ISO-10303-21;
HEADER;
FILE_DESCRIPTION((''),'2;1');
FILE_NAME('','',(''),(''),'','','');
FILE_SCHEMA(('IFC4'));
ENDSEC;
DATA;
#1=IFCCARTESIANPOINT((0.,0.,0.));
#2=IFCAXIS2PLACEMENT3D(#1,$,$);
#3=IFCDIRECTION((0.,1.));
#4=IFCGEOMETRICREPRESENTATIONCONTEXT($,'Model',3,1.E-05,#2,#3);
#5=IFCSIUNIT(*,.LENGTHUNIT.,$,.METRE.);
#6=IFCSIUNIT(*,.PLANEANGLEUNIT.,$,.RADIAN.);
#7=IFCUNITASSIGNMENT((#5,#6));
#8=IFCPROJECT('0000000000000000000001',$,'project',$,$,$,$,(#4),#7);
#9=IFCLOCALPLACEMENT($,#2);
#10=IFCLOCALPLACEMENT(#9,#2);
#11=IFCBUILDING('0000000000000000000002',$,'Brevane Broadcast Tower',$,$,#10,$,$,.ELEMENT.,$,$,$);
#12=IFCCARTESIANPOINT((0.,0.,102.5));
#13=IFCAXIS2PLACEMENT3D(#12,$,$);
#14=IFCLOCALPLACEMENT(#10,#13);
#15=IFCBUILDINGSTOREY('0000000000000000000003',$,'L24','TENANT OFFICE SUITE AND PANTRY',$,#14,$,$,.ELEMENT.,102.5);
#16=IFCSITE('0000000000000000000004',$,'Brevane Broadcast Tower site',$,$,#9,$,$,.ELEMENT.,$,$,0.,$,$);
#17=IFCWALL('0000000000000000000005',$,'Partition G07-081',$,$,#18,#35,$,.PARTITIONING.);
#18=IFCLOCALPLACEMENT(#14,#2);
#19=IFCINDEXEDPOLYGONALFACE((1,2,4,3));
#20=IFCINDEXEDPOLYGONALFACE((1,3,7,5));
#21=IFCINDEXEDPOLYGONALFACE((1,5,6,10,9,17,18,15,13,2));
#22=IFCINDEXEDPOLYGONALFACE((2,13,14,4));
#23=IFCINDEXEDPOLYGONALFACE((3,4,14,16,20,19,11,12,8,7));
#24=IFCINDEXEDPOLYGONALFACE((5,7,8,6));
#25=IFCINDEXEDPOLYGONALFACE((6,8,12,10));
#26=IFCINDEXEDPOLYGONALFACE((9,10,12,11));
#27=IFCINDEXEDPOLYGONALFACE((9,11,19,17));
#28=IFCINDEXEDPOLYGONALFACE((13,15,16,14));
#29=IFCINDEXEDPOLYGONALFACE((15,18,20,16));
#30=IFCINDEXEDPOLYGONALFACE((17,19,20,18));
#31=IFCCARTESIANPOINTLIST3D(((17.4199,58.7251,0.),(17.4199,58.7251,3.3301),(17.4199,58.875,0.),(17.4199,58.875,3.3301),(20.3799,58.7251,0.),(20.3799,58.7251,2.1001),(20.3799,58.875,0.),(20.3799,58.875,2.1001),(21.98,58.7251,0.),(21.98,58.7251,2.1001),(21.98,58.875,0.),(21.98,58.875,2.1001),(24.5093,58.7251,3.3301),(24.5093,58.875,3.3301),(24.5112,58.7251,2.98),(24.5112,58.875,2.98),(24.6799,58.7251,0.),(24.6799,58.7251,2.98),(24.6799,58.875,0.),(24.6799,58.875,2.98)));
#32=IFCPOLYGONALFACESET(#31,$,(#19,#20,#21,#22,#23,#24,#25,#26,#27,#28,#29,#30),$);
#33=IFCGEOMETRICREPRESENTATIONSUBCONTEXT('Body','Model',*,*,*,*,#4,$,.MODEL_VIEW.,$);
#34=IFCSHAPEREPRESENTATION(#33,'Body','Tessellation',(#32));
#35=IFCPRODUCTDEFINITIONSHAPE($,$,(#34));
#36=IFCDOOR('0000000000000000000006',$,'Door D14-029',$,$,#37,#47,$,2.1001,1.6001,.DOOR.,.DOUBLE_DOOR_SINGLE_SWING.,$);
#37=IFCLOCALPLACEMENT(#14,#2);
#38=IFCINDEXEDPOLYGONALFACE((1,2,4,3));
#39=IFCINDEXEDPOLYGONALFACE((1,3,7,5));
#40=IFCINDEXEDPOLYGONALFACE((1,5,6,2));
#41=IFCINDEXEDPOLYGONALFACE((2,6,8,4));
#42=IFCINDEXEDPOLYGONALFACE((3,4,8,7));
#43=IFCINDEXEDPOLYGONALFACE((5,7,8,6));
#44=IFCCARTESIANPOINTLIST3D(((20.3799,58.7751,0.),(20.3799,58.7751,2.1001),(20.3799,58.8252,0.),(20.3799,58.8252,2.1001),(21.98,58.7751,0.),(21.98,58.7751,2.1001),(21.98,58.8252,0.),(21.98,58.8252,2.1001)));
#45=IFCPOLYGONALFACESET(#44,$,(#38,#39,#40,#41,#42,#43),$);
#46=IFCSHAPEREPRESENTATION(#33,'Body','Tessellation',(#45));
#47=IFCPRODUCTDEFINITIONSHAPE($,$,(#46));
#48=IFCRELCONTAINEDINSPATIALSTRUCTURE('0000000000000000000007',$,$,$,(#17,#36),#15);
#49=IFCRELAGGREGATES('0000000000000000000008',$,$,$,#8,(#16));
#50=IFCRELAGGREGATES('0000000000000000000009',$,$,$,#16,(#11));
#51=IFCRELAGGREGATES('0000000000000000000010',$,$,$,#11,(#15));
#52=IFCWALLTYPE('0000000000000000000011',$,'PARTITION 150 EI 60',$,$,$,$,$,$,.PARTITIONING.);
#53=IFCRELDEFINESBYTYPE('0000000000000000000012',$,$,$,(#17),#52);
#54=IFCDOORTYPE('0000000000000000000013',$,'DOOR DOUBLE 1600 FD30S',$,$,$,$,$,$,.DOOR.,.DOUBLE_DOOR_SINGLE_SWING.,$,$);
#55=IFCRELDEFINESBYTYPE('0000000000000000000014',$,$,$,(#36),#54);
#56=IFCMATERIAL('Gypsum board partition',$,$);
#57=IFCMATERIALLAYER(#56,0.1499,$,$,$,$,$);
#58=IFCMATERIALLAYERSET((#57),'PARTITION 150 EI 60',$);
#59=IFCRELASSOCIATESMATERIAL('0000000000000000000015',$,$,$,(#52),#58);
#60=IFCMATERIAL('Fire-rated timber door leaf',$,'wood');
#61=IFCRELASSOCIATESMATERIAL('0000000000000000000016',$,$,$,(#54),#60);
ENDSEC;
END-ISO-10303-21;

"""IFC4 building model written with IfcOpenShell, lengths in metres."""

from ifc_helpers import new_model, si_unit, direction, frame, frame_2d, origin, place, context, subcontext, project, spatial, polyline, rectangle, outline, extrude, material, layer, layer_set, type_object, element, fill, save


model = new_model("IFC4")

# Units and contexts
model_context = context("Model", 3, precision=1e-05, world=origin(), true_north=direction((0.0, 1.0)))
body_context = subcontext(model_context, "Body", "Model", "MODEL_VIEW")
ifc_project = project(units=[si_unit("LENGTHUNIT", "METRE"), si_unit("PLANEANGLEUNIT", "RADIAN")], contexts=[model_context])

# Site, building, storey
site_placement = place(None, origin())
site = spatial("IfcSite", under=ifc_project, at=site_placement, Name="Brevane Broadcast Tower site", CompositionType="ELEMENT", RefElevation=0.0)
building_placement = place(site_placement, origin())
building = spatial("IfcBuilding", under=site, at=building_placement, Name="Brevane Broadcast Tower", CompositionType="ELEMENT")
storey_placement = place(building_placement, frame((0.0, 0.0, 102.5)))
storey = spatial("IfcBuildingStorey", under=building, at=storey_placement, Name="L24", Description="TENANT OFFICE SUITE AND PANTRY", CompositionType="ELEMENT", Elevation=102.5)

# Shared definitions
ifc_material_1 = material(Name="Gypsum board partition")
ifc_layer_1 = layer(ifc_material_1, 0.1499)
ifc_layer_set_1 = layer_set([ifc_layer_1], Name="PARTITION 150 EI 60")
wall_type_1 = type_object("IfcWallType", Name="PARTITION 150 EI 60", PredefinedType="PARTITIONING", material=ifc_layer_set_1)

# Wall, opening, door
wall_1_placement = place(storey_placement, frame((24.6799, 58.8, 0.0), z_axis=(0.0, 0.0, 1.0), x_axis=(-1.0, 0.0, 0.0)))
wall_1 = element("IfcWall", 1, at=wall_1_placement, inside=storey, type_object=wall_type_1, Name="Partition G07-081", PredefinedType="PARTITIONING", context=body_context, shape_type="SweptSolid", body=[
    extrude(outline(polyline([(0.0, 0.0), (7.26, 0.0), (7.26, 3.3301), (0.1707, 3.3301), (0.1687, 2.98), (0.0, 2.98), (0.0, 0.0)])), frame((0.0, 0.075, 0.0), z_axis=(0.0, -1.0, 0.0), x_axis=(1.0, 0.0, 0.0)), (0.0, 0.0, 1.0), 0.1499),
])
opening_placement = place(wall_1_placement, frame((2.7, 0.0, 0.0)))
opening = element("IfcOpeningElement", 2, at=opening_placement, cuts=wall_1, PredefinedType="OPENING", context=body_context, shape_type="SweptSolid", body=[
    extrude(rectangle(XDim=1.6001, YDim=2.1001, at=frame_2d((0.8, 1.05))), frame((0.0, 0.085, 0.0), z_axis=(0.0, -1.0, 0.0), x_axis=(1.0, 0.0, 0.0)), (0.0, 0.0, 1.0), 0.1699),
])
ifc_material_2 = material(Name="Fire-rated timber door leaf", Category="wood")
door_type = type_object("IfcDoorType", Name="DOOR DOUBLE 1600 FD30S", OperationType="DOUBLE_DOOR_SINGLE_SWING", PredefinedType="DOOR", material=ifc_material_2)
door_placement = place(opening_placement, origin())
door = element("IfcDoor", 3, at=door_placement, inside=storey, type_object=door_type, Name="Door D14-029", OperationType="DOUBLE_DOOR_SINGLE_SWING", OverallHeight=2.1001, OverallWidth=1.6001, PredefinedType="DOOR", context=body_context, shape_type="SweptSolid", body=[
    extrude(rectangle(XDim=1.6001, YDim=2.1001, at=frame_2d((0.8, 1.05))), frame((0.0, 0.0249, 0.0), z_axis=(0.0, -1.0, 0.0), x_axis=(1.0, 0.0, 0.0)), (0.0, 0.0, 1.0), 0.05),
])
fill(opening, door)

save(model, "model.ifc")
